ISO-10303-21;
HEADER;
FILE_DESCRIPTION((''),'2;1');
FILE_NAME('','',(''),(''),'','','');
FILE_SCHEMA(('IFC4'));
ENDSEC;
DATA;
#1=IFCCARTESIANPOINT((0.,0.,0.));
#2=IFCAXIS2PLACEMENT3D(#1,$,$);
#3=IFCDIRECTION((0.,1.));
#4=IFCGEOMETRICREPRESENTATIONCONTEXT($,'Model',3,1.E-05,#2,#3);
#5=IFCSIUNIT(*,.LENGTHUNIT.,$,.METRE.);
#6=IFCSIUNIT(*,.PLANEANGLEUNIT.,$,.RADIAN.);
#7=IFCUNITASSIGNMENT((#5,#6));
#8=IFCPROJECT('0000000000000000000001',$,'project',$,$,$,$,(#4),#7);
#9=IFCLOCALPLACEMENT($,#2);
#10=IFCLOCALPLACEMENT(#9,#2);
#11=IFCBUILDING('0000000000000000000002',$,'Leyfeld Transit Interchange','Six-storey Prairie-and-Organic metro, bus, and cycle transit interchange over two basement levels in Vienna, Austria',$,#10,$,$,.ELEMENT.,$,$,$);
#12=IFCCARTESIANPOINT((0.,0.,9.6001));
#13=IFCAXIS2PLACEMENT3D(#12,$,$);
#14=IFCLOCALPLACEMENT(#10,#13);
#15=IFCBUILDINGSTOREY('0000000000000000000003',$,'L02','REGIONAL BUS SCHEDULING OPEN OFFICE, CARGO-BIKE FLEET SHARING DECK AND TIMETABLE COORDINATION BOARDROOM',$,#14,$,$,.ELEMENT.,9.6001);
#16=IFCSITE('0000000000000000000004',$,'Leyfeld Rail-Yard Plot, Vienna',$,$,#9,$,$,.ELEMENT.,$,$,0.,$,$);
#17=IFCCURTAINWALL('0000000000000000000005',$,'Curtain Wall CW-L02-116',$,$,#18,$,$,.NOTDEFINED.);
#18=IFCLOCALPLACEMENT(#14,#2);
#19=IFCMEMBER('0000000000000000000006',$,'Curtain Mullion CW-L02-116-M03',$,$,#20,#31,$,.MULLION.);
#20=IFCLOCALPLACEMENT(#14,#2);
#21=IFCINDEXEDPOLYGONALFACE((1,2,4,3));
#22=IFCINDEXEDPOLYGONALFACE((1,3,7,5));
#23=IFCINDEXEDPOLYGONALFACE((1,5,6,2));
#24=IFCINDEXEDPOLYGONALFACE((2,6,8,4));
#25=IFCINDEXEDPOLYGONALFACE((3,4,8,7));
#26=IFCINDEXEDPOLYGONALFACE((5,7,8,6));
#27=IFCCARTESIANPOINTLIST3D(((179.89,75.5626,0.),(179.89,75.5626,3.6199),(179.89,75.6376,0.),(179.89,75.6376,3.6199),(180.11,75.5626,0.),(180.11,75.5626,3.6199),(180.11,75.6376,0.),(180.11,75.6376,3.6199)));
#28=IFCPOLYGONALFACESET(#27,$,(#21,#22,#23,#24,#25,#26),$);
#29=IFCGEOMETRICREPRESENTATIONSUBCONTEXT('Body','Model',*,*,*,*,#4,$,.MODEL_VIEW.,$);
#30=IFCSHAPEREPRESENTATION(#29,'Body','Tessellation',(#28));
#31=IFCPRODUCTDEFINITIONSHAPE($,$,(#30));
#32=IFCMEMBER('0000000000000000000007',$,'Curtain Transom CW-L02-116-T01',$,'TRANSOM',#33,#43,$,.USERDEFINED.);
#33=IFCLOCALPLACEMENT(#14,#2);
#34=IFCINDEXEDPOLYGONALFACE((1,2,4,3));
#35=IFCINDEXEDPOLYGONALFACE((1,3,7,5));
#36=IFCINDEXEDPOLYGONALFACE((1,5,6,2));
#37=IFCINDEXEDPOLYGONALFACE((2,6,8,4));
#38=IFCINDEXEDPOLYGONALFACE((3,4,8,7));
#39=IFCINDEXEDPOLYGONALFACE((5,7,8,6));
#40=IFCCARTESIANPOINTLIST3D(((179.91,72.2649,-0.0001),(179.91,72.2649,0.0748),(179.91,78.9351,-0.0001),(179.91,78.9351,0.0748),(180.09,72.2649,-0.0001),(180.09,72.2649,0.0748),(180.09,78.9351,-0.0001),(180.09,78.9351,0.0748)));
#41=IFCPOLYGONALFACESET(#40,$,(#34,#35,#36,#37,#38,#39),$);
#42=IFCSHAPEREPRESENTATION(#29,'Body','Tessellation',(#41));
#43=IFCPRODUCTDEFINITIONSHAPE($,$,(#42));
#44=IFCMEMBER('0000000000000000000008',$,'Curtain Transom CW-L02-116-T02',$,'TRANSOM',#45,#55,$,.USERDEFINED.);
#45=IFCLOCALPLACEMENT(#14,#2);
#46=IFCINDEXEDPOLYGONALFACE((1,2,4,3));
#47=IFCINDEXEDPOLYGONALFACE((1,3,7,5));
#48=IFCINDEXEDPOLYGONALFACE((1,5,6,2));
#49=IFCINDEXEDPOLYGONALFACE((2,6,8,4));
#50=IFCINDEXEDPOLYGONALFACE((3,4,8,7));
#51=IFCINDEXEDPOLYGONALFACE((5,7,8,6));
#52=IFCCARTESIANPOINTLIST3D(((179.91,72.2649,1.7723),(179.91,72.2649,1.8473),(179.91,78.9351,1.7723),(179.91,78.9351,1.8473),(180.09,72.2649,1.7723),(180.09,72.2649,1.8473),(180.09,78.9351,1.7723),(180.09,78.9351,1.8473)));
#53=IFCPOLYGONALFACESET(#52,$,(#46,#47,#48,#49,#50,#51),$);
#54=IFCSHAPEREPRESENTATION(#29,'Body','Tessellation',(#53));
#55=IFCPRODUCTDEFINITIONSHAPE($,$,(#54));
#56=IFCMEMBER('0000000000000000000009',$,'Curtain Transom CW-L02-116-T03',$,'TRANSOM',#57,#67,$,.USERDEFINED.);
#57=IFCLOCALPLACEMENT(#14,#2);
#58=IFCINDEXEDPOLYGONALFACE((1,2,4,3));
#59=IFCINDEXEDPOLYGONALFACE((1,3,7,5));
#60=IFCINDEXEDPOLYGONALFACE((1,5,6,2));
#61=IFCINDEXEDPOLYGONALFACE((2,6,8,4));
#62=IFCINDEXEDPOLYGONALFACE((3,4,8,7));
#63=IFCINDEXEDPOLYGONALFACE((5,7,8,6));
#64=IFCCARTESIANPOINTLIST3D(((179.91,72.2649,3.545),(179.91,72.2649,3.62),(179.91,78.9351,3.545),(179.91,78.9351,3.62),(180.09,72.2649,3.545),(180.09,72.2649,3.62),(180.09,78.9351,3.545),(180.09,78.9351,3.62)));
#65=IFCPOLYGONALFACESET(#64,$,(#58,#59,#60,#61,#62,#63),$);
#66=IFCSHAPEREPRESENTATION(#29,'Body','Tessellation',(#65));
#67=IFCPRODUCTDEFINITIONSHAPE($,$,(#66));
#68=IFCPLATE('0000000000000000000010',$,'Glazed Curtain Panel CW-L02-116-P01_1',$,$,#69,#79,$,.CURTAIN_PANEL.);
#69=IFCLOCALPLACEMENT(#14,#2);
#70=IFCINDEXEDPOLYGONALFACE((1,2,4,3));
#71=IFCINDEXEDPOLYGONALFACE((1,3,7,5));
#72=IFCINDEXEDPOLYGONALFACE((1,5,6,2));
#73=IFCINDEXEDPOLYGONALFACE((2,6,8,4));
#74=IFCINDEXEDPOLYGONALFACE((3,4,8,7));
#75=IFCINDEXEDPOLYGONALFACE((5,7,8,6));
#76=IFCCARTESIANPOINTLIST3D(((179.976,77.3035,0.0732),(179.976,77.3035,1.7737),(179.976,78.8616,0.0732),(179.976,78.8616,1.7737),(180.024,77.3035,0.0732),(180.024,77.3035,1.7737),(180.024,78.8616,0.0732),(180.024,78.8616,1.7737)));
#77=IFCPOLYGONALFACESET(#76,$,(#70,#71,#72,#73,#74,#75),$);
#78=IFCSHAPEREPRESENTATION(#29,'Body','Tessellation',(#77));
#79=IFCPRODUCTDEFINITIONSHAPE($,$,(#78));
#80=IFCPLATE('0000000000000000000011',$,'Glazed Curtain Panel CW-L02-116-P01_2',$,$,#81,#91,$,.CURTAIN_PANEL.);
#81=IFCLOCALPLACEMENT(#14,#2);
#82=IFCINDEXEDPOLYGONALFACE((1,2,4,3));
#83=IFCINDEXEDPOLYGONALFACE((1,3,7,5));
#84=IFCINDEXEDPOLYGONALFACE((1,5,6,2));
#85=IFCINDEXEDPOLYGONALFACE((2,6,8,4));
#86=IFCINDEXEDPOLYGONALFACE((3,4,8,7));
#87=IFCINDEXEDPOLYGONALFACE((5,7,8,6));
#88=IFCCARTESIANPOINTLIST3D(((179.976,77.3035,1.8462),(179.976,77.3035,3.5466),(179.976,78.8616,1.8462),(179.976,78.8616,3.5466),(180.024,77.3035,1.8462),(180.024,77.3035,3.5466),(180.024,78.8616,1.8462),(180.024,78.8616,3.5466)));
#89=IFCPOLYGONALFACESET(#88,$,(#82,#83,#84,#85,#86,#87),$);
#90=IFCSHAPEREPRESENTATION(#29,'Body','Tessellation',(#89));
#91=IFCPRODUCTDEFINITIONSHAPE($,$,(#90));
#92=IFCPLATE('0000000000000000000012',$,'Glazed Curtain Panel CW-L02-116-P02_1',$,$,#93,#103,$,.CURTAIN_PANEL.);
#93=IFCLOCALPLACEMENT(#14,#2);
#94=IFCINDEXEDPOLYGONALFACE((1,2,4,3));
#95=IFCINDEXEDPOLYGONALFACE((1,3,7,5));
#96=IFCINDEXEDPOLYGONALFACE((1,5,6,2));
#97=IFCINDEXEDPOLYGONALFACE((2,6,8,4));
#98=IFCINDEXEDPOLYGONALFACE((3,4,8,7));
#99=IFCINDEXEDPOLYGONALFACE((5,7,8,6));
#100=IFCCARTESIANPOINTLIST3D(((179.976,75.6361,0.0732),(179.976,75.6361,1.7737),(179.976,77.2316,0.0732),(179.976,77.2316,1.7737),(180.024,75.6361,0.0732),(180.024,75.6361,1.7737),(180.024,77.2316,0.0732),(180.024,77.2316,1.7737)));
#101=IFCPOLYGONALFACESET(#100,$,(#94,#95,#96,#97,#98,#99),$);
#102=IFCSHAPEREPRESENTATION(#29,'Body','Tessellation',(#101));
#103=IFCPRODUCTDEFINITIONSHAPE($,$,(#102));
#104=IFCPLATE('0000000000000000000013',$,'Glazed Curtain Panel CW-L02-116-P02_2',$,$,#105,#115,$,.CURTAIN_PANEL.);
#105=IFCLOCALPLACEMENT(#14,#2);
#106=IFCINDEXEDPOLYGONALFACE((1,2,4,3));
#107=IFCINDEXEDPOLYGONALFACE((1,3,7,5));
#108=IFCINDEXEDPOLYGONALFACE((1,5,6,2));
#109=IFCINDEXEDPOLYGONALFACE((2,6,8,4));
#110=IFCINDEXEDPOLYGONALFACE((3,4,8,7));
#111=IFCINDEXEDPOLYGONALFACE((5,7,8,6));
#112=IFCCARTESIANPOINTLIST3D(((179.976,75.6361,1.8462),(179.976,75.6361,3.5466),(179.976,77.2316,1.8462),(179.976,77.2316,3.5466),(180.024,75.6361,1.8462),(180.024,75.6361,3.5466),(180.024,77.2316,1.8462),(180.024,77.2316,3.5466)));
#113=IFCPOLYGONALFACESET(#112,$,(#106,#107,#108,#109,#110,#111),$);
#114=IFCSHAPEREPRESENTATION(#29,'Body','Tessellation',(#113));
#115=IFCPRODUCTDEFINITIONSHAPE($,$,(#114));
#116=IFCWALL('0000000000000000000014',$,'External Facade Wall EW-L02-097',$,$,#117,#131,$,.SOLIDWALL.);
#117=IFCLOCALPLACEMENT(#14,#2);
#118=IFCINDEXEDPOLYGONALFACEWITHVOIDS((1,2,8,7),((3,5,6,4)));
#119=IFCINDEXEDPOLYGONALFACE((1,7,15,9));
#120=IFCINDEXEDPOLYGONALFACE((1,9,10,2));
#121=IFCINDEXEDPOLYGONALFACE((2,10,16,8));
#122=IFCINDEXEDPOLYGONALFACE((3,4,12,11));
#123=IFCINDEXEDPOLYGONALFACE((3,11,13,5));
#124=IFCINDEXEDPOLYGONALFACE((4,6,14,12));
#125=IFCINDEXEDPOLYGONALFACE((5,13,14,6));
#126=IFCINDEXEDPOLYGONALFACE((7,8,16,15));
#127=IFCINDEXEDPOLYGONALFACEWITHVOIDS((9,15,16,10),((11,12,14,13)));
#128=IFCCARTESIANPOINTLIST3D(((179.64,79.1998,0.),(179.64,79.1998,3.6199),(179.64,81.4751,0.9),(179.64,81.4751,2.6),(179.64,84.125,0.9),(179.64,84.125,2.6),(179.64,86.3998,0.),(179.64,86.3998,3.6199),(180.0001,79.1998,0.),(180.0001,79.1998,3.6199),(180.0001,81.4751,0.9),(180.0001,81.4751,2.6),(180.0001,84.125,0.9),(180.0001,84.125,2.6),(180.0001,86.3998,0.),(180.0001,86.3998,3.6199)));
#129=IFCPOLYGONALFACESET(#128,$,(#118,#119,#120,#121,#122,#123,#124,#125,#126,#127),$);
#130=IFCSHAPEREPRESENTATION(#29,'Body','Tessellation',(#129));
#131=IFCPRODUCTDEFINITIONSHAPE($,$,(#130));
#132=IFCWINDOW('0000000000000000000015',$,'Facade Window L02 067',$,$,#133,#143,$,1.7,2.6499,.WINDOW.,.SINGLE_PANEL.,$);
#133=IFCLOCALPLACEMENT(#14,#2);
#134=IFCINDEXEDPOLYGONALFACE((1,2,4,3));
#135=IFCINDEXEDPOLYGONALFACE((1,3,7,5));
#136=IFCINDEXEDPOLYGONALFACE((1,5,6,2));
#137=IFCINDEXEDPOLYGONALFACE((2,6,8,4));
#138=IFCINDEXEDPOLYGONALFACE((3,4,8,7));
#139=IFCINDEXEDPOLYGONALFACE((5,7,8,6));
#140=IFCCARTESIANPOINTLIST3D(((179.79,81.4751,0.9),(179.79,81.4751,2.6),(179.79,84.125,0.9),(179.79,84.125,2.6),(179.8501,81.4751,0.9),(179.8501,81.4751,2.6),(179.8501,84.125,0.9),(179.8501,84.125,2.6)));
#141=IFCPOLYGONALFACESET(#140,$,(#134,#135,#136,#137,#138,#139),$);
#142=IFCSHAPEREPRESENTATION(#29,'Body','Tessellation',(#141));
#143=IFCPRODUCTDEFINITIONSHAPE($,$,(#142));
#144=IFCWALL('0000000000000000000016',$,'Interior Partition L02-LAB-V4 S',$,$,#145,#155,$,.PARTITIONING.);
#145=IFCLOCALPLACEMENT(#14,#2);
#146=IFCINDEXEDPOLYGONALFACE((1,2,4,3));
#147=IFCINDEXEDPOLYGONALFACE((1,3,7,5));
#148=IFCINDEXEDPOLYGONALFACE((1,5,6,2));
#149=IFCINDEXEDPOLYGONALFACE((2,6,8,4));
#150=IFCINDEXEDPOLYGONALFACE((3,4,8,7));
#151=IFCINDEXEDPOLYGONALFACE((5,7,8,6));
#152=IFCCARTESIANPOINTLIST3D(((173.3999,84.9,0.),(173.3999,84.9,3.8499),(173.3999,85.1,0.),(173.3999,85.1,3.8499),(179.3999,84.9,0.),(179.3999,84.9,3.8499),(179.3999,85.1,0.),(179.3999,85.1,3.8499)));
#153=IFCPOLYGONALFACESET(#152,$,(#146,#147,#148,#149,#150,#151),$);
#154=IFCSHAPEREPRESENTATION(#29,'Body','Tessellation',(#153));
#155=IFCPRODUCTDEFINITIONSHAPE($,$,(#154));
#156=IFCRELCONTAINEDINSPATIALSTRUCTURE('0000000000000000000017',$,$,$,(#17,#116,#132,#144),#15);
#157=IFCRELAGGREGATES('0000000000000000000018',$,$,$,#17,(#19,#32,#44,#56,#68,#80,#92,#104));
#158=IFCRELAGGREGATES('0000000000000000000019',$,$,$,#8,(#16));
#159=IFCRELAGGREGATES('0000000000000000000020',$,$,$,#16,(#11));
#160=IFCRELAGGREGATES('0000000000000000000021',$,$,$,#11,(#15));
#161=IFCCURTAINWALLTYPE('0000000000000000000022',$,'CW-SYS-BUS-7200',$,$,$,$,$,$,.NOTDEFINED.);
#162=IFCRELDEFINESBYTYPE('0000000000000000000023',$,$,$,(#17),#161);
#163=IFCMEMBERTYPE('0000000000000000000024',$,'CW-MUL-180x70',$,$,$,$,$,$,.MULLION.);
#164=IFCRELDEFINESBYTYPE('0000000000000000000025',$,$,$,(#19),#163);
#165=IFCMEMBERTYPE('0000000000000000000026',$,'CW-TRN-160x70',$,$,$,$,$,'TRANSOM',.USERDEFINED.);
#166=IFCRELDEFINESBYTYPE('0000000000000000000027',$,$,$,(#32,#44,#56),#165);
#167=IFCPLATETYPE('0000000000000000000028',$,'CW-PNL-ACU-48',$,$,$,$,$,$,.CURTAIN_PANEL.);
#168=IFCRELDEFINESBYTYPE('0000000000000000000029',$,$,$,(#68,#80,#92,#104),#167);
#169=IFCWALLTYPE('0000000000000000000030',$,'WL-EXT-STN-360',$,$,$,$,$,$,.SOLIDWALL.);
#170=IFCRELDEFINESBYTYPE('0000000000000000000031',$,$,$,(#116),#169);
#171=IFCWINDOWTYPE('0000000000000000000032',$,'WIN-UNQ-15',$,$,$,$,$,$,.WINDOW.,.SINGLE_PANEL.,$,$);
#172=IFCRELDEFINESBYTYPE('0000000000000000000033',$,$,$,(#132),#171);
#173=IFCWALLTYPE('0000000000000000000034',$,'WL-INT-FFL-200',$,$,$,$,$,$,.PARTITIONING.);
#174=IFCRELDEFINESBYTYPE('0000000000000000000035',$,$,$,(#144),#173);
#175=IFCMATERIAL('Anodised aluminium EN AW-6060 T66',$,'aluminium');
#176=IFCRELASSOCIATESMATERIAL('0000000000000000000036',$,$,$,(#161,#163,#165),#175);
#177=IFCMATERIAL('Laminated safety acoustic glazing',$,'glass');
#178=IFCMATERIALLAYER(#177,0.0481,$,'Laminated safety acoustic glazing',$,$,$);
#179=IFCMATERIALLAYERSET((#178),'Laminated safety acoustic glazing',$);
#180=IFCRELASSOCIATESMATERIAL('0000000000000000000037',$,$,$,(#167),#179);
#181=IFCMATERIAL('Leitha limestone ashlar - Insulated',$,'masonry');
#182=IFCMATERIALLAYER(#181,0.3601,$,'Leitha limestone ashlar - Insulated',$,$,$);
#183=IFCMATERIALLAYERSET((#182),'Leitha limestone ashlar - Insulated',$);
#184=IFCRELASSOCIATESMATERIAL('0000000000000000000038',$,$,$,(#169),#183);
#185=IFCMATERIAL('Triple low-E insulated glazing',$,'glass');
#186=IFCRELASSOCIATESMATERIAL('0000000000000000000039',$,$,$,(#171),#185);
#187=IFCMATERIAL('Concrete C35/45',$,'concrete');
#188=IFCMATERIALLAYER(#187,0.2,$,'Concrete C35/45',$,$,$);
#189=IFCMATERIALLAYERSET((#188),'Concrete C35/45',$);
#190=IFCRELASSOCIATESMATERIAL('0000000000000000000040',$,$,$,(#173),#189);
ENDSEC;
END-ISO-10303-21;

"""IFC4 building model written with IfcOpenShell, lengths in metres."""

from ifc_helpers import new_model, si_unit, direction, frame, frame_2d, origin, origin_2d, place, context, subcontext, project, spatial, rectangle, extrude, material, layer, layer_set, material_profile, profile_set, type_object, element, fill, aggregate, save


model = new_model("IFC4")

# Units and contexts
model_context = context("Model", 3, precision=1e-05, world=origin(), true_north=direction((0.0, 1.0)))
body_context = subcontext(model_context, "Body", "Model", "MODEL_VIEW")
ifc_project = project(units=[si_unit("LENGTHUNIT", "METRE"), si_unit("PLANEANGLEUNIT", "RADIAN")], contexts=[model_context])

# Site, building, storey
site_placement = place(None, origin())
site = spatial("IfcSite", under=ifc_project, at=site_placement, Name="Leyfeld Rail-Yard Plot, Vienna", CompositionType="ELEMENT", RefElevation=0.0)
building_placement = place(site_placement, origin())
building = spatial("IfcBuilding", under=site, at=building_placement, Name="Leyfeld Transit Interchange", Description="Six-storey Prairie-and-Organic metro, bus, and cycle transit interchange over two basement levels in Vienna, Austria", CompositionType="ELEMENT")
storey_placement = place(building_placement, frame((0.0, 0.0, 9.6001)))
storey = spatial("IfcBuildingStorey", under=building, at=storey_placement, Name="L02", Description="REGIONAL BUS SCHEDULING OPEN OFFICE, CARGO-BIKE FLEET SHARING DECK AND TIMETABLE COORDINATION BOARDROOM", CompositionType="ELEMENT", Elevation=9.6001)

# Shared definitions
ifc_material_1 = material(Name="Concrete C35/45", Category="concrete")

# Curtain wall, members, plates
ifc_material_2 = material(Name="Anodised aluminium EN AW-6060 T66", Category="aluminium")
curtain_wall_type = type_object("IfcCurtainWallType", Name="CW-SYS-BUS-7200", PredefinedType="NOTDEFINED", material=ifc_material_2)
curtain_wall_placement = place(storey_placement, origin())
curtain_wall = element("IfcCurtainWall", 1, at=curtain_wall_placement, inside=storey, type_object=curtain_wall_type, Name="Curtain Wall CW-L02-116", PredefinedType="NOTDEFINED")
ifc_material_profile_1 = material_profile(ifc_material_2, rectangle(XDim=0.075, YDim=0.22, at=origin_2d()), Name="CW-M 75x220")
ifc_profile_set_1 = profile_set([ifc_material_profile_1], Name="Anodised aluminium EN AW-6060 T66")
member_type_1 = type_object("IfcMemberType", Name="CW-MUL-180x70", PredefinedType="MULLION", material=ifc_profile_set_1)
member_1_placement = place(storey_placement, frame((180.0, 75.6001, 0.0), z_axis=(0.0, 0.0, 1.0), x_axis=(0.0, -1.0, 0.0)))
member_1 = element("IfcMember", 2, at=member_1_placement, type_object=member_type_1, Name="Curtain Mullion CW-L02-116-M03", PredefinedType="MULLION", context=body_context, shape_type="SweptSolid", body=[
    extrude(rectangle(XDim=0.075, YDim=0.22, at=origin_2d()), origin(), (0.0, 0.0, 1.0), 3.6199),
])
ifc_material_profile_2 = material_profile(ifc_material_2, rectangle(XDim=0.1799, YDim=0.075, at=origin_2d()), Name="CW-TRN-160x70")
ifc_profile_set_2 = profile_set([ifc_material_profile_2], Name="Anodised aluminium EN AW-6060 T66")
member_type_2 = type_object("IfcMemberType", Name="CW-TRN-160x70", ElementType="TRANSOM", PredefinedType="USERDEFINED", material=ifc_profile_set_2)
member_2_placement = place(storey_placement, frame((180.0, 78.9351, 0.0374), z_axis=(0.0, -1.0, 0.0), x_axis=(1.0, 0.0, 0.0)))
member_2 = element("IfcMember", 3, at=member_2_placement, type_object=member_type_2, Name="Curtain Transom CW-L02-116-T01", ObjectType="TRANSOM", PredefinedType="USERDEFINED", context=body_context, shape_type="SweptSolid", body=[
    extrude(rectangle(XDim=0.1799, YDim=0.075, at=origin_2d()), origin(), (0.0, 0.0, 1.0), 6.6702),
])
member_3_placement = place(storey_placement, frame((180.0, 78.9351, 1.8098), z_axis=(0.0, -1.0, 0.0), x_axis=(1.0, 0.0, 0.0)))
member_3 = element("IfcMember", 4, at=member_3_placement, type_object=member_type_2, Name="Curtain Transom CW-L02-116-T02", ObjectType="TRANSOM", PredefinedType="USERDEFINED", context=body_context, shape_type="SweptSolid", body=[
    extrude(rectangle(XDim=0.1799, YDim=0.075, at=origin_2d()), origin(), (0.0, 0.0, 1.0), 6.6702),
])
member_4_placement = place(storey_placement, frame((180.0, 78.9351, 3.5825), z_axis=(0.0, -1.0, 0.0), x_axis=(1.0, 0.0, 0.0)))
member_4 = element("IfcMember", 5, at=member_4_placement, type_object=member_type_2, Name="Curtain Transom CW-L02-116-T03", ObjectType="TRANSOM", PredefinedType="USERDEFINED", context=body_context, shape_type="SweptSolid", body=[
    extrude(rectangle(XDim=0.1799, YDim=0.075, at=origin_2d()), origin(), (0.0, 0.0, 1.0), 6.6702),
])
ifc_material_3 = material(Name="Laminated safety acoustic glazing", Category="glass")
ifc_layer_1 = layer(ifc_material_3, 0.0481, Name="Laminated safety acoustic glazing")
ifc_layer_set_1 = layer_set([ifc_layer_1], Name="Laminated safety acoustic glazing")
plate_type = type_object("IfcPlateType", Name="CW-PNL-ACU-48", PredefinedType="CURTAIN_PANEL", material=ifc_layer_set_1)
plate_1_placement = place(storey_placement, frame((180.0, 78.0825, 0.0732), z_axis=(0.0, 0.0, 1.0), x_axis=(0.0, -1.0, 0.0)))
plate_1 = element("IfcPlate", 6, at=plate_1_placement, type_object=plate_type, Name="Glazed Curtain Panel CW-L02-116-P01_1", PredefinedType="CURTAIN_PANEL", context=body_context, shape_type="SweptSolid", body=[
    extrude(rectangle(XDim=1.5581, YDim=0.0481, at=origin_2d()), origin(), (0.0, 0.0, 1.0), 1.7004),
])
plate_2_placement = place(storey_placement, frame((180.0, 78.0825, 1.8462), z_axis=(0.0, 0.0, 1.0), x_axis=(0.0, -1.0, 0.0)))
plate_2 = element("IfcPlate", 7, at=plate_2_placement, type_object=plate_type, Name="Glazed Curtain Panel CW-L02-116-P01_2", PredefinedType="CURTAIN_PANEL", context=body_context, shape_type="SweptSolid", body=[
    extrude(rectangle(XDim=1.5581, YDim=0.0481, at=origin_2d()), origin(), (0.0, 0.0, 1.0), 1.7004),
])
plate_3_placement = place(storey_placement, frame((180.0, 76.4338, 0.0732), z_axis=(0.0, 0.0, 1.0), x_axis=(0.0, -1.0, 0.0)))
plate_3 = element("IfcPlate", 8, at=plate_3_placement, type_object=plate_type, Name="Glazed Curtain Panel CW-L02-116-P02_1", PredefinedType="CURTAIN_PANEL", context=body_context, shape_type="SweptSolid", body=[
    extrude(rectangle(XDim=1.5955, YDim=0.0481, at=origin_2d()), origin(), (0.0, 0.0, 1.0), 1.7004),
])
plate_4_placement = place(storey_placement, frame((180.0, 76.4338, 1.8462), z_axis=(0.0, 0.0, 1.0), x_axis=(0.0, -1.0, 0.0)))
plate_4 = element("IfcPlate", 9, at=plate_4_placement, type_object=plate_type, Name="Glazed Curtain Panel CW-L02-116-P02_2", PredefinedType="CURTAIN_PANEL", context=body_context, shape_type="SweptSolid", body=[
    extrude(rectangle(XDim=1.5955, YDim=0.0481, at=origin_2d()), origin(), (0.0, 0.0, 1.0), 1.7004),
])
aggregate(curtain_wall, [member_1, member_2, member_3, member_4, plate_1, plate_2, plate_3, plate_4])

# Wall, opening, window
ifc_material_4 = material(Name="Leitha limestone ashlar - Insulated", Category="masonry")
ifc_layer_2 = layer(ifc_material_4, 0.3601, Name="Leitha limestone ashlar - Insulated")
ifc_layer_set_2 = layer_set([ifc_layer_2], Name="Leitha limestone ashlar - Insulated")
wall_type_1 = type_object("IfcWallType", Name="WL-EXT-STN-360", PredefinedType="SOLIDWALL", material=ifc_layer_set_2)
wall_1_placement = place(storey_placement, frame((179.8201, 86.3999, 0.0), z_axis=(0.0, 0.0, 1.0), x_axis=(0.0, -1.0, 0.0)))
wall_1 = element("IfcWall", 10, at=wall_1_placement, inside=storey, type_object=wall_type_1, Name="External Facade Wall EW-L02-097", PredefinedType="SOLIDWALL", context=body_context, shape_type="SweptSolid", body=[
    extrude(rectangle(XDim=7.2, YDim=0.3601, at=frame_2d((3.6001, 0.0))), origin(), (0.0, 0.0, 1.0), 3.6199),
])
opening_1_placement = place(wall_1_placement, frame((2.2749, 0.0, 0.8999)))
opening_1 = element("IfcOpeningElement", 11, at=opening_1_placement, cuts=wall_1, PredefinedType="OPENING", context=body_context, shape_type="SweptSolid", body=[
    extrude(rectangle(XDim=2.6499, YDim=1.7, at=frame_2d((1.325, 0.8501))), frame((0.0, 0.1899, 0.0), z_axis=(0.0, -1.0, 0.0), x_axis=(1.0, 0.0, 0.0)), (0.0, 0.0, 1.0), 0.3801),
])
ifc_material_5 = material(Name="Triple low-E insulated glazing", Category="glass")
window_type = type_object("IfcWindowType", Name="WIN-UNQ-15", PartitioningType="SINGLE_PANEL", PredefinedType="WINDOW", material=ifc_material_5)
window_placement = place(opening_1_placement, origin())
window = element("IfcWindow", 12, at=window_placement, inside=storey, type_object=window_type, Name="Facade Window L02 067", OverallHeight=1.7, OverallWidth=2.6499, PartitioningType="SINGLE_PANEL", PredefinedType="WINDOW", context=body_context, shape_type="SweptSolid", body=[
    extrude(rectangle(XDim=2.6499, YDim=1.7, at=frame_2d((1.325, 0.8501))), frame((0.0, 0.03, 0.0), z_axis=(0.0, -1.0, 0.0), x_axis=(1.0, 0.0, 0.0)), (0.0, 0.0, 1.0), 0.0601),
])
fill(opening_1, window)

# Wall
ifc_layer_3 = layer(ifc_material_1, 0.2, Name="Concrete C35/45")
ifc_layer_set_3 = layer_set([ifc_layer_3], Name="Concrete C35/45")
wall_type_2 = type_object("IfcWallType", Name="WL-INT-FFL-200", PredefinedType="PARTITIONING", material=ifc_layer_set_3)
wall_2_placement = place(storey_placement, frame((179.3999, 85.0, 0.0), z_axis=(0.0, 0.0, 1.0), x_axis=(-1.0, 0.0, 0.0)))
element("IfcWall", 13, at=wall_2_placement, inside=storey, type_object=wall_type_2, Name="Interior Partition L02-LAB-V4 S", PredefinedType="PARTITIONING", context=body_context, shape_type="SweptSolid", body=[
    extrude(rectangle(XDim=6.0, YDim=0.2, at=frame_2d((3.0, 0.0))), origin(), (0.0, 0.0, 1.0), 3.8499),
])

save(model, "model.ifc")
